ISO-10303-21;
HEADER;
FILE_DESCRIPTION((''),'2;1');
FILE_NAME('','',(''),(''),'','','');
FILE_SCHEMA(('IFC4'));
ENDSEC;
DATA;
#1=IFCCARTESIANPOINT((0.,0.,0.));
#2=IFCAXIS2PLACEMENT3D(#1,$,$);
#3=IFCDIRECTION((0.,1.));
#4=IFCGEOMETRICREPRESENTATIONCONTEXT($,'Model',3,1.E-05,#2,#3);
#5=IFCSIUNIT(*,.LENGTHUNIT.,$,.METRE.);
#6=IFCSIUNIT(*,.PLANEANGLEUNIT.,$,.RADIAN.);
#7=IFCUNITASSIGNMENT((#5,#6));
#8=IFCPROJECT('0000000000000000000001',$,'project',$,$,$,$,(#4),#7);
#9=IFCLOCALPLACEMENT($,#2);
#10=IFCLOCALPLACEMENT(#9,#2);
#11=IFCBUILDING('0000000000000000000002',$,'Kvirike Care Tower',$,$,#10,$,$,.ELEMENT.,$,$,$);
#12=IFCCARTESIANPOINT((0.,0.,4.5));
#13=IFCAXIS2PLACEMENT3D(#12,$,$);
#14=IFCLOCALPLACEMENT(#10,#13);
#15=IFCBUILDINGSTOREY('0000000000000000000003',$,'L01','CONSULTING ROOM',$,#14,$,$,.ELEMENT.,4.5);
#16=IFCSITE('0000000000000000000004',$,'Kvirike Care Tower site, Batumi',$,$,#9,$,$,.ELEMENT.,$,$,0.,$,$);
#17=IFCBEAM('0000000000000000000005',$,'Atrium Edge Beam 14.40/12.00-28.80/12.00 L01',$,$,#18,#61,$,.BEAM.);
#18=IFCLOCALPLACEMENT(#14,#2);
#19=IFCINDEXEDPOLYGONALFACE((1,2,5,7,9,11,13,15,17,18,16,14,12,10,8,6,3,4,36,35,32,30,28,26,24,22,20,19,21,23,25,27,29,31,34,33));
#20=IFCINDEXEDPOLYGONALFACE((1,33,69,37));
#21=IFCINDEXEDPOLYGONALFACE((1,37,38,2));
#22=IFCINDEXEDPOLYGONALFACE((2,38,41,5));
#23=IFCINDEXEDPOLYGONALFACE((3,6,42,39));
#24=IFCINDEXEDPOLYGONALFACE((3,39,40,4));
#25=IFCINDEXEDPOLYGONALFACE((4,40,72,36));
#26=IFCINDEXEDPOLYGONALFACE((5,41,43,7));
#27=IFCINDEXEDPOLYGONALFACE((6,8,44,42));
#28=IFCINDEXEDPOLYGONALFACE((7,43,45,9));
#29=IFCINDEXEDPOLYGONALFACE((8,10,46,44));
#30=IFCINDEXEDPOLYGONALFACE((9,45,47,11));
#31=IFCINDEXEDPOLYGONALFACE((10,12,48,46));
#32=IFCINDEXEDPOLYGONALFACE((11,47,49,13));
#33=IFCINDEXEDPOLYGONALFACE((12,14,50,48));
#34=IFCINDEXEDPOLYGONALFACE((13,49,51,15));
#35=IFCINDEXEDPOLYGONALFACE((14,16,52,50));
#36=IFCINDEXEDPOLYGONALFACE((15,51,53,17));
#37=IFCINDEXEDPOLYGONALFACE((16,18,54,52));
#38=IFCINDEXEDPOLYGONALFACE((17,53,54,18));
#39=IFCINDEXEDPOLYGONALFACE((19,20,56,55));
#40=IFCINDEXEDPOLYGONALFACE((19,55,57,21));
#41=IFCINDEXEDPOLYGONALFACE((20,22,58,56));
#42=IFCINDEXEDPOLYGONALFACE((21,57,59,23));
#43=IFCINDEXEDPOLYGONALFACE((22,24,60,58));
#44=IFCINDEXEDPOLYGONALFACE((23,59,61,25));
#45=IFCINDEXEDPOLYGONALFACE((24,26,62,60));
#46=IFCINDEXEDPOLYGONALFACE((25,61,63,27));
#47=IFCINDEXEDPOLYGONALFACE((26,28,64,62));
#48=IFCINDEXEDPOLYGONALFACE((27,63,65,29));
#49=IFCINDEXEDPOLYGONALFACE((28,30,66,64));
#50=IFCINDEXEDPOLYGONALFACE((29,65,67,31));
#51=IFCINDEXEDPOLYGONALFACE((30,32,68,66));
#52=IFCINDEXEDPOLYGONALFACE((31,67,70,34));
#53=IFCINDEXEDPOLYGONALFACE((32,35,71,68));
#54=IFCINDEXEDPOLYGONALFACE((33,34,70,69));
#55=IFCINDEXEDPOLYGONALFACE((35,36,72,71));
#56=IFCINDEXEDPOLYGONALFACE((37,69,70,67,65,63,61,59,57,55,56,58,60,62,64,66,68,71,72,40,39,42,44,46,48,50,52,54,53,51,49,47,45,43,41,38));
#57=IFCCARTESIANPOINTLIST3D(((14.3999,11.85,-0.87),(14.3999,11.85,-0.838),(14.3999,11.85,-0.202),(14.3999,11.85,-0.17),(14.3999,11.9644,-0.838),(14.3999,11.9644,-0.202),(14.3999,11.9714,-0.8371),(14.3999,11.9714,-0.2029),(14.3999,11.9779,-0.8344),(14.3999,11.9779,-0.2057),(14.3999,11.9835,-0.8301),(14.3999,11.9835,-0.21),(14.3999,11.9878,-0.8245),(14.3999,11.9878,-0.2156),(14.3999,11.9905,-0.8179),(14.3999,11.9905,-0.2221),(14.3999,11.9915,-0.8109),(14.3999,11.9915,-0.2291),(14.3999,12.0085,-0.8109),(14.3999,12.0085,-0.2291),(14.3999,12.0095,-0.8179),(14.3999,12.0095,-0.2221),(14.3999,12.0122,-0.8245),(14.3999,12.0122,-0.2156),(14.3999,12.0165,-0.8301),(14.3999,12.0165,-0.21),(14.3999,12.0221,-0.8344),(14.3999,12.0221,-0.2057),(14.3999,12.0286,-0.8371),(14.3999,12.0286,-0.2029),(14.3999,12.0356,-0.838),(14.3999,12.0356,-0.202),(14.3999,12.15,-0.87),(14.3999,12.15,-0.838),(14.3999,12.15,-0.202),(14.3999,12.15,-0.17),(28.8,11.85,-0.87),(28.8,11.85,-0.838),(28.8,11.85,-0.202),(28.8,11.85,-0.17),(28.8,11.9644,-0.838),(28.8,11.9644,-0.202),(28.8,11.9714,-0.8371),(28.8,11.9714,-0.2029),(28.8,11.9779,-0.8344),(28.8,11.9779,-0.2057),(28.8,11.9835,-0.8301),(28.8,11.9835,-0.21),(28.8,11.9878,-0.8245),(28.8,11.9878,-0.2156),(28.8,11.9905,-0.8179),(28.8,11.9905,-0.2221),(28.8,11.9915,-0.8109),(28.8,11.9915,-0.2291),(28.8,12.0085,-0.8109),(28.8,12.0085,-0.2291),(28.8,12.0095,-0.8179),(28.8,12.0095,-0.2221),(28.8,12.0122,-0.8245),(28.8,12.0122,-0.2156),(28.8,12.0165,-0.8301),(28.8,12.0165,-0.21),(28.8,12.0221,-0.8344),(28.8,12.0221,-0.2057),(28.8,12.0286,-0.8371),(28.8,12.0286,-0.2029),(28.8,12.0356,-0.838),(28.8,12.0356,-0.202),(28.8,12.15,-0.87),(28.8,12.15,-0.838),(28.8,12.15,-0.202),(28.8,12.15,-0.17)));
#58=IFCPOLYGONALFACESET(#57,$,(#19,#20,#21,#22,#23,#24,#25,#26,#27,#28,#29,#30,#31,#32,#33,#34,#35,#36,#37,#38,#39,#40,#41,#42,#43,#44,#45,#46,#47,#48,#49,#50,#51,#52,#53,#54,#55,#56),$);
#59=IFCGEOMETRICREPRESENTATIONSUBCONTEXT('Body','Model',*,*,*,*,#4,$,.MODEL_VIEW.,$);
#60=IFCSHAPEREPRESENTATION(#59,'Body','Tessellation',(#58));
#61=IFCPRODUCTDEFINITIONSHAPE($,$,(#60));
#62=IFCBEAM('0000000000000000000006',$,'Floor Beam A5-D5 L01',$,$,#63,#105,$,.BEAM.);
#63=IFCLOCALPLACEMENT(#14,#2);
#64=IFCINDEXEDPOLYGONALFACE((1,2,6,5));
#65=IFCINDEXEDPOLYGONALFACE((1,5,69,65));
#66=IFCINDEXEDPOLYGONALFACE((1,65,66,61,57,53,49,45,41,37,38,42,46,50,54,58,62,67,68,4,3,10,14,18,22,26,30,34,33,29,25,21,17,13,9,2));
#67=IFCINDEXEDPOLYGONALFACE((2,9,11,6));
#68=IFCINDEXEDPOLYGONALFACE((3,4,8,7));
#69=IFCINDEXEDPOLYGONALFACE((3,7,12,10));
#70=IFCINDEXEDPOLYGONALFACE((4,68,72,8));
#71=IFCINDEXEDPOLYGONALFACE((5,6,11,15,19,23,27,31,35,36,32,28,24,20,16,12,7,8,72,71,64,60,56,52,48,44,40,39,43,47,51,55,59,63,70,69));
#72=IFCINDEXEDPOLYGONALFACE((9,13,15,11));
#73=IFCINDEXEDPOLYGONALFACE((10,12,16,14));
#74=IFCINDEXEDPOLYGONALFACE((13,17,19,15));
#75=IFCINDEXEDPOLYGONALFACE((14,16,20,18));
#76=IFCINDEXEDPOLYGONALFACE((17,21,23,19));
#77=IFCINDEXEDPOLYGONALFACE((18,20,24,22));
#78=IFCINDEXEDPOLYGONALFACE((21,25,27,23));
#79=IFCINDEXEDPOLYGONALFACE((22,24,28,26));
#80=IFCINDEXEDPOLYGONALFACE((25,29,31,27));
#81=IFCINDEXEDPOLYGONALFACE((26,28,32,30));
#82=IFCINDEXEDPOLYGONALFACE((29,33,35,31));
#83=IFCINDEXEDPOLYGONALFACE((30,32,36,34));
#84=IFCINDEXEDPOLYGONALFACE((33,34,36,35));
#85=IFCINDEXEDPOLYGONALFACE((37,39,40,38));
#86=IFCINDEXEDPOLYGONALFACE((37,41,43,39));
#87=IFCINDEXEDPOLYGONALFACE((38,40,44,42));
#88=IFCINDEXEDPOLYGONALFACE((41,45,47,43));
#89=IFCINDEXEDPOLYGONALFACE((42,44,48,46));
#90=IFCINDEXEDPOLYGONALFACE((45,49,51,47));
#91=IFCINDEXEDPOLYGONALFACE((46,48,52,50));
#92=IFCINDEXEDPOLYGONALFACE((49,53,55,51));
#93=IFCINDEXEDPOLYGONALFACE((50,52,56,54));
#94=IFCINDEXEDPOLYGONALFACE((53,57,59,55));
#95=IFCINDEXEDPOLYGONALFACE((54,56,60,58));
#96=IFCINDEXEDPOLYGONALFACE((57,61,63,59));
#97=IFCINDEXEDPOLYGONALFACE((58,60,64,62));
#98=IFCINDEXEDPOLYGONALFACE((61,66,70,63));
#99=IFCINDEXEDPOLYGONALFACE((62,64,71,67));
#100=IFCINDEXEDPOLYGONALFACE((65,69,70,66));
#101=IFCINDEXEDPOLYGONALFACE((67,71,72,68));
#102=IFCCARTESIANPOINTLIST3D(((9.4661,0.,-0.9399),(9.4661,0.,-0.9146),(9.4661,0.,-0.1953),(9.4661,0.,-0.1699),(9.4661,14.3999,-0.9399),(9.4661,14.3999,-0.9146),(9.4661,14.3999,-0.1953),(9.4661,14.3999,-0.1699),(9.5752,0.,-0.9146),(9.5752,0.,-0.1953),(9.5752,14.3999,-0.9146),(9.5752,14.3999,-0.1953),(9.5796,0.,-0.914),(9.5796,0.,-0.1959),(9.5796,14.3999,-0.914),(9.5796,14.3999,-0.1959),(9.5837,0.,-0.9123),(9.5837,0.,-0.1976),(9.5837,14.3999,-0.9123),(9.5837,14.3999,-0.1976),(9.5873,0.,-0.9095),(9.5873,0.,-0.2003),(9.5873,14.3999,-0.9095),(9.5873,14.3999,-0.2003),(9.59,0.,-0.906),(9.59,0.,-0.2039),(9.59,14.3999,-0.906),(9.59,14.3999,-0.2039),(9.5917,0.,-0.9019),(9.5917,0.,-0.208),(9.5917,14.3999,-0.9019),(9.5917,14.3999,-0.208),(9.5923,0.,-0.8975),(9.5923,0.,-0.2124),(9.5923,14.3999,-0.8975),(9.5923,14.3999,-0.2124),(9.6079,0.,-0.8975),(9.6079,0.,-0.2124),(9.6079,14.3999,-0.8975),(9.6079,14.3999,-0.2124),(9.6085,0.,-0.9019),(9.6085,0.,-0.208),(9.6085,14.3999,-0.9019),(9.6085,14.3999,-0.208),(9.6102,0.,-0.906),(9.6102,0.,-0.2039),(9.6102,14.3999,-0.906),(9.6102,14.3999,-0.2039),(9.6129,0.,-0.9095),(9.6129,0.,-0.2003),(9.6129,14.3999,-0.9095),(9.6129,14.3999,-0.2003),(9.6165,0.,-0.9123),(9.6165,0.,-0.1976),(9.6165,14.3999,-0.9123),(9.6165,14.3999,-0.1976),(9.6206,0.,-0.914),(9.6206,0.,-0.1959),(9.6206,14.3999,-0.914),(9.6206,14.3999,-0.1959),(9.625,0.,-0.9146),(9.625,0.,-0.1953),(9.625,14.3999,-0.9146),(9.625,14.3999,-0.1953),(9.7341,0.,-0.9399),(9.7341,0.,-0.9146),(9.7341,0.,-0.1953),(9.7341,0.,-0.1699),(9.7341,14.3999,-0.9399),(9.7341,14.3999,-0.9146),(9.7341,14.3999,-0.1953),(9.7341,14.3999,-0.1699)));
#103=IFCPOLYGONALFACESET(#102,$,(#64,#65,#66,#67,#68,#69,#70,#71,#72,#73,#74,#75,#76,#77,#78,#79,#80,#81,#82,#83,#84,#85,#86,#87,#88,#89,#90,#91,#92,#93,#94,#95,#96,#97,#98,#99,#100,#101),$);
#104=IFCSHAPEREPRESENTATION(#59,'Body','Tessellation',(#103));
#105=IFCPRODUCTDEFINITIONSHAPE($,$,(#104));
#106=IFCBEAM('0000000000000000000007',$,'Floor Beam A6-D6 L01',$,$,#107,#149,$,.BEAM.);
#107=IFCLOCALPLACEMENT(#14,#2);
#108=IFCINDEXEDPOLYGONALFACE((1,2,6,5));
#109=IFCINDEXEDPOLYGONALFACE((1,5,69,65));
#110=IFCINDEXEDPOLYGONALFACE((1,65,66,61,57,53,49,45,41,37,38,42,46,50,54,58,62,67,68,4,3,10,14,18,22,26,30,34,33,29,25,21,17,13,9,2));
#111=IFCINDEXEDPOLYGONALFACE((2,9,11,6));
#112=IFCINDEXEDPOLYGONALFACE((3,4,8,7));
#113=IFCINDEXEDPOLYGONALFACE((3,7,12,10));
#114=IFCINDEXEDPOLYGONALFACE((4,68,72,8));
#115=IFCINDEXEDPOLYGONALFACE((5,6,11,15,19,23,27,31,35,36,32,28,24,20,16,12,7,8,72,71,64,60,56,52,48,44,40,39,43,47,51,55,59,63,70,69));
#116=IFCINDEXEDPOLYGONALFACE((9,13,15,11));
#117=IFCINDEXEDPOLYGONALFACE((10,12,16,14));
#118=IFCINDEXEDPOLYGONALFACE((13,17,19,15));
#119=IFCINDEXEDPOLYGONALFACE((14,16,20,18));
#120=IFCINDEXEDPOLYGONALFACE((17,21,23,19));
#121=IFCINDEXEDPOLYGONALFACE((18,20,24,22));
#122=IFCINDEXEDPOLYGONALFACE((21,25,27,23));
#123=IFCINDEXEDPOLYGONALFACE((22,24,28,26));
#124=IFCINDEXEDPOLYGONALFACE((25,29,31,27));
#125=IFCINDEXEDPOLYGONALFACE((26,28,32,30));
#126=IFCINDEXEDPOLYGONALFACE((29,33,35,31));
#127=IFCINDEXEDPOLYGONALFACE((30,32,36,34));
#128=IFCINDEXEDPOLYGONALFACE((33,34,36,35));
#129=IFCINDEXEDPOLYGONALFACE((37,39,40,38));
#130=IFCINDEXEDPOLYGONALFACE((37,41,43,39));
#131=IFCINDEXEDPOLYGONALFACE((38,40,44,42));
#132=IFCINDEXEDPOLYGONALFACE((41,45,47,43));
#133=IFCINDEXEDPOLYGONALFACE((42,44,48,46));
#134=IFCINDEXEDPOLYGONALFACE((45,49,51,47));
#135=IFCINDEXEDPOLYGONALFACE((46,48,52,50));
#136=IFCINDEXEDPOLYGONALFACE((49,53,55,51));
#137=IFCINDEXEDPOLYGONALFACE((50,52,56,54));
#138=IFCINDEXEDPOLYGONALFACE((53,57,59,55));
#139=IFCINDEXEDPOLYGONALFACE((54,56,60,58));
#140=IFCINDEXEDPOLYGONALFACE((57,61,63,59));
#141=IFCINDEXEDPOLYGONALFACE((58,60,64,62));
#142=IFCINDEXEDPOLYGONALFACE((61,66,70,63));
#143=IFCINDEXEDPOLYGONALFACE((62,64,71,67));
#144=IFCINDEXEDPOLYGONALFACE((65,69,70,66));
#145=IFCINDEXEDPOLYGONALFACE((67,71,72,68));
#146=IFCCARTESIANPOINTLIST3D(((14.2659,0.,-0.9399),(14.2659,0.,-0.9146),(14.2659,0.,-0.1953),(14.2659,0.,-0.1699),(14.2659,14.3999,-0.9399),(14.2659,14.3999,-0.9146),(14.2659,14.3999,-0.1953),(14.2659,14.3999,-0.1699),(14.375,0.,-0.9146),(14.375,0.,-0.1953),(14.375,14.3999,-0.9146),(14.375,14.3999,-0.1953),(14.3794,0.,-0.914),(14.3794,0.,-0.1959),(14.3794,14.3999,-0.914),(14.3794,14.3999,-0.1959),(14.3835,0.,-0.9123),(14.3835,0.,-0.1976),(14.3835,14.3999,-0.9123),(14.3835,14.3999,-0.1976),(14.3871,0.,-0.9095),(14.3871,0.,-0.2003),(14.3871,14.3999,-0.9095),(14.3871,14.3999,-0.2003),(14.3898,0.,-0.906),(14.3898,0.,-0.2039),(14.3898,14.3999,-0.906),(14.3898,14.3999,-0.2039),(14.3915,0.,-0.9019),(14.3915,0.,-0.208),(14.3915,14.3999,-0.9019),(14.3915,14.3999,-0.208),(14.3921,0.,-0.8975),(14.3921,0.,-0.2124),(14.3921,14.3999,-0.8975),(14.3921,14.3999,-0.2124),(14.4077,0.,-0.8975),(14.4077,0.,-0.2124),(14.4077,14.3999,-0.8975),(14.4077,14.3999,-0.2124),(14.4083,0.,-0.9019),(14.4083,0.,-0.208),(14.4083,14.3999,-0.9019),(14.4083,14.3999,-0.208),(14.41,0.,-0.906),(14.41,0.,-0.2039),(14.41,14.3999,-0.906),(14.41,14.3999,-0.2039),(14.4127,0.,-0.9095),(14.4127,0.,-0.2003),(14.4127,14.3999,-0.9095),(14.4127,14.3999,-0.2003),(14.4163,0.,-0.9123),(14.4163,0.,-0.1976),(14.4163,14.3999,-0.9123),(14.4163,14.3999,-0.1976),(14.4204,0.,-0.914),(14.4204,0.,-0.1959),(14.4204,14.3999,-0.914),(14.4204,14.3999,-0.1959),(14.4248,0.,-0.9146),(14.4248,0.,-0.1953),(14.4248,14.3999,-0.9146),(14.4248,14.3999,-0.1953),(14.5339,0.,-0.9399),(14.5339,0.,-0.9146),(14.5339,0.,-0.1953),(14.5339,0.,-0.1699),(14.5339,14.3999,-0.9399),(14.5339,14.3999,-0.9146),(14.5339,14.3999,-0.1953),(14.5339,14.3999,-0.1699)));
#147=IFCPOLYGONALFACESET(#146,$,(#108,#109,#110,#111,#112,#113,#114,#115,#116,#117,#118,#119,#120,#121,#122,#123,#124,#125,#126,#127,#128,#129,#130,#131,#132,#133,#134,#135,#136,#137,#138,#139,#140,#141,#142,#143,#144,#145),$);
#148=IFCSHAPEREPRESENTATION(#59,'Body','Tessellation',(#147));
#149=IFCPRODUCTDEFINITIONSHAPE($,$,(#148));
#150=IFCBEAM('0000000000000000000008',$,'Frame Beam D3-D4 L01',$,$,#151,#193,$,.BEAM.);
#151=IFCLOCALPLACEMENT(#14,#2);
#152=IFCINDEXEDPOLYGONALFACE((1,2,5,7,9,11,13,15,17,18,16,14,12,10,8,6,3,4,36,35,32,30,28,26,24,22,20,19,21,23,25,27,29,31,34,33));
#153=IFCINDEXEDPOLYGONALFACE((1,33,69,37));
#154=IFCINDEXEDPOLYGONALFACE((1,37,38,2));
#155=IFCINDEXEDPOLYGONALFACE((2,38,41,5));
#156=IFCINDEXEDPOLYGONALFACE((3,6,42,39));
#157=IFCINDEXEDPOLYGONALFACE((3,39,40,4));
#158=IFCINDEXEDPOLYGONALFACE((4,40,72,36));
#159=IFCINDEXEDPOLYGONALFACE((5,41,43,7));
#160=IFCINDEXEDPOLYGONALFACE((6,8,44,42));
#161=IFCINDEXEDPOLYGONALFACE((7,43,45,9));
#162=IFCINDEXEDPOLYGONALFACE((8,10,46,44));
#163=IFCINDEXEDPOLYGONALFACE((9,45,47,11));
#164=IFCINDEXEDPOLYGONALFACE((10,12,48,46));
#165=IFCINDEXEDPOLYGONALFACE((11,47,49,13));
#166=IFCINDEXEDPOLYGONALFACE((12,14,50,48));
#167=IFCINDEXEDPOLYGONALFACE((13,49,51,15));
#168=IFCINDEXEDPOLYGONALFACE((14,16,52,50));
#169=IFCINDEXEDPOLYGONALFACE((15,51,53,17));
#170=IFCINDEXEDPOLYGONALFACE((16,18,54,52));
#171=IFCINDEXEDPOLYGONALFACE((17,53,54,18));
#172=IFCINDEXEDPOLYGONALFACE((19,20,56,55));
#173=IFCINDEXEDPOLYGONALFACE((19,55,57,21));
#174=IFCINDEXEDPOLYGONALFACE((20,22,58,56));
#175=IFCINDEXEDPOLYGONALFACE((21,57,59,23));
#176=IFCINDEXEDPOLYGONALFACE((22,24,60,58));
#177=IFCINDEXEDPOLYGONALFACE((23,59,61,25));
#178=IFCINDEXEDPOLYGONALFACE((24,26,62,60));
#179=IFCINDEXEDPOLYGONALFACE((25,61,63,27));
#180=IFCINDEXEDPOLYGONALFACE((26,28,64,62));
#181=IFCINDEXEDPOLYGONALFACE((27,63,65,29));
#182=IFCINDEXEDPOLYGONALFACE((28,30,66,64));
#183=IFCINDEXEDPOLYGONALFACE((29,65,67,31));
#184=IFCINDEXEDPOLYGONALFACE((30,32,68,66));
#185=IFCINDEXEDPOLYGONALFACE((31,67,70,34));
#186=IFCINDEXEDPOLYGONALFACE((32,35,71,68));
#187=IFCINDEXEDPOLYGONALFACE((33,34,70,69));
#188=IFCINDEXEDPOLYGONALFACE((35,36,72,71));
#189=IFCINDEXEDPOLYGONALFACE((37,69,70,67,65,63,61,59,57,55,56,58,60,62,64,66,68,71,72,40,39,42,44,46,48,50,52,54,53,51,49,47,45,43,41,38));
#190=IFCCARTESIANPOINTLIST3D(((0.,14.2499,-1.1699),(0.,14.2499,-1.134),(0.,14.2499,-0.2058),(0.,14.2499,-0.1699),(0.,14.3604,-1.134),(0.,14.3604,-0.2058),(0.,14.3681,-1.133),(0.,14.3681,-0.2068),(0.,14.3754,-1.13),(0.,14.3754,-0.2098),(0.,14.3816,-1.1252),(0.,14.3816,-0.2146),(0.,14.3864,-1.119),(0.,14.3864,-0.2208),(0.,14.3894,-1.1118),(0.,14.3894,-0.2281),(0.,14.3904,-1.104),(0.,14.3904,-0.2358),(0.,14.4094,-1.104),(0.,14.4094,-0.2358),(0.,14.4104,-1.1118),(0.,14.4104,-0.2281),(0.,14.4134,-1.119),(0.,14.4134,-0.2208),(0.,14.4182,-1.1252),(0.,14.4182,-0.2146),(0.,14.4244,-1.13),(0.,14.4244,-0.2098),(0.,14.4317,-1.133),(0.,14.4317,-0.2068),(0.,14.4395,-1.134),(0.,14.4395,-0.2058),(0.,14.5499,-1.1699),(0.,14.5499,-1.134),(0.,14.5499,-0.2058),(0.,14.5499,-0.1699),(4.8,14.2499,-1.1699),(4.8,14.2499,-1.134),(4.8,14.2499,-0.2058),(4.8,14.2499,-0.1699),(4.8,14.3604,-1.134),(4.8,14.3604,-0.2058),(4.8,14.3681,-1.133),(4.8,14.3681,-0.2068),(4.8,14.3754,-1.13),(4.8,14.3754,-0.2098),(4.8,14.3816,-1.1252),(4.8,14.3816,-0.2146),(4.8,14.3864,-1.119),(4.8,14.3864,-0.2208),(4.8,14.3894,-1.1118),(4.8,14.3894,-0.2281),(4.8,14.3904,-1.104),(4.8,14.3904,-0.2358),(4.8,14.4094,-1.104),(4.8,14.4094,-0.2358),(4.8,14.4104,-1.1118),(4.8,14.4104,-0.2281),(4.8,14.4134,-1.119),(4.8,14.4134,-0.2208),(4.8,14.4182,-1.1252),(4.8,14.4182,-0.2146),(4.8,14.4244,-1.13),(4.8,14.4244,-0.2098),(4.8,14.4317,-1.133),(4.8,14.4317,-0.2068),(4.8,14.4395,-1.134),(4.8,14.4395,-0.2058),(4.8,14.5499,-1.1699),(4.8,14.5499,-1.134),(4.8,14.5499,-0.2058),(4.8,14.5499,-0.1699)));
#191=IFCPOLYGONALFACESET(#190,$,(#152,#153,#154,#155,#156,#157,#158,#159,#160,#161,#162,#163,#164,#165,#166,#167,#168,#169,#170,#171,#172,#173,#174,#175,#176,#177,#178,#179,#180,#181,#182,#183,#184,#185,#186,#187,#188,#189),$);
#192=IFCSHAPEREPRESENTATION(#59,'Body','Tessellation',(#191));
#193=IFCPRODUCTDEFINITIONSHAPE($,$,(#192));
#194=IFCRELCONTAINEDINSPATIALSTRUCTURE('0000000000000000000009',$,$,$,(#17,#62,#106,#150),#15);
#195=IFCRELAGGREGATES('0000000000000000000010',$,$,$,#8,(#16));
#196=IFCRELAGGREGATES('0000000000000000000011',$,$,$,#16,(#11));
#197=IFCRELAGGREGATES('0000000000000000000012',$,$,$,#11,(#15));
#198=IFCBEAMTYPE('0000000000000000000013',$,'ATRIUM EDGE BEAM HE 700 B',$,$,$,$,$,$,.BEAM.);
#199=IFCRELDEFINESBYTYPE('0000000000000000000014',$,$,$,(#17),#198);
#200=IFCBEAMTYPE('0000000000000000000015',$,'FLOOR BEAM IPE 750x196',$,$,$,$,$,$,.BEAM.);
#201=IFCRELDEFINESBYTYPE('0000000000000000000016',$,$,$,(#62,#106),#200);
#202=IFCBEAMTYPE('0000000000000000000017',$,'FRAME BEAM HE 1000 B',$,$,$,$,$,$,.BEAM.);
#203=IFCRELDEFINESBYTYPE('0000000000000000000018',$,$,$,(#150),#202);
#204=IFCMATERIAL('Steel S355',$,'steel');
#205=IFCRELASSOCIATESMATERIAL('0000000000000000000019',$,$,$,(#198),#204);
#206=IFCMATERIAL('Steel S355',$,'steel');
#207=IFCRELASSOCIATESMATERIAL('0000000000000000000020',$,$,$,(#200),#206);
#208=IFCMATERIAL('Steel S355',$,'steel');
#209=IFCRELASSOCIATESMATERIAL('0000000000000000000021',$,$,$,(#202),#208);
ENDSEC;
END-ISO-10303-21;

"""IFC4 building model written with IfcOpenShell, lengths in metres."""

from ifc_helpers import new_model, si_unit, direction, frame, origin, origin_2d, place, context, subcontext, project, spatial, i_section, extrude, material, material_profile, profile_set, type_object, element, save


model = new_model("IFC4")

# Units and contexts
model_context = context("Model", 3, precision=1e-05, world=origin(), true_north=direction((0.0, 1.0)))
body_context = subcontext(model_context, "Body", "Model", "MODEL_VIEW")
ifc_project = project(units=[si_unit("LENGTHUNIT", "METRE"), si_unit("PLANEANGLEUNIT", "RADIAN")], contexts=[model_context])

# Site, building, storey
site_placement = place(None, origin())
site = spatial("IfcSite", under=ifc_project, at=site_placement, Name="Kvirike Care Tower site, Batumi", CompositionType="ELEMENT", RefElevation=0.0)
building_placement = place(site_placement, origin())
building = spatial("IfcBuilding", under=site, at=building_placement, Name="Kvirike Care Tower", CompositionType="ELEMENT")
storey_placement = place(building_placement, frame((0.0, 0.0, 4.5)))
storey = spatial("IfcBuildingStorey", under=building, at=storey_placement, Name="L01", Description="CONSULTING ROOM", CompositionType="ELEMENT", Elevation=4.5)

# Beams
ifc_material_1 = material(Name="Steel S355", Category="steel")
ifc_material_profile_1 = material_profile(ifc_material_1, i_section(OverallWidth=0.3, OverallDepth=0.7, WebThickness=0.0171, FlangeThickness=0.032, FilletRadius=0.0271, at=origin_2d()), Name="HE 700 B")
ifc_profile_set_1 = profile_set([ifc_material_profile_1], Name="Steel S355")
beam_type_1 = type_object("IfcBeamType", Name="ATRIUM EDGE BEAM HE 700 B", PredefinedType="BEAM", material=ifc_profile_set_1)
for number, where, z_axis, x_axis, name in (
    (1, (14.3999, 12.0, -0.52), (1.0, 0.0, 0.0), (0.0, 1.0, 0.0), "Atrium Edge Beam 14.40/12.00-28.80/12.00 L01"),
):
    element("IfcBeam", number, at=place(storey_placement, frame(where, z_axis=z_axis, x_axis=x_axis)), inside=storey, type_object=beam_type_1, Name=name, PredefinedType="BEAM", context=body_context, shape_type="SweptSolid", body=[
        extrude(i_section(OverallWidth=0.3, OverallDepth=0.7, WebThickness=0.0171, FlangeThickness=0.032, FilletRadius=0.0271, at=origin_2d()), origin(), (0.0, 0.0, 1.0), 14.4001),
    ])
ifc_material_2 = material(Name="Steel S355", Category="steel")
ifc_material_profile_2 = material_profile(ifc_material_2, i_section(OverallWidth=0.2681, OverallDepth=0.77, WebThickness=0.0156, FlangeThickness=0.0254, FilletRadius=0.0171, at=origin_2d()), Name="IPE 750x196")
ifc_profile_set_2 = profile_set([ifc_material_profile_2], Name="Steel S355")
beam_type_2 = type_object("IfcBeamType", Name="FLOOR BEAM IPE 750x196", PredefinedType="BEAM", material=ifc_profile_set_2)
for number, where, z_axis, x_axis, name in (
    (2, (9.6001, 0.0, -0.5549), (0.0, 1.0, 0.0), (-1.0, 0.0, 0.0), "Floor Beam A5-D5 L01"),
    (3, (14.3999, 0.0, -0.5549), (0.0, 1.0, 0.0), (-1.0, 0.0, 0.0), "Floor Beam A6-D6 L01"),
):
    element("IfcBeam", number, at=place(storey_placement, frame(where, z_axis=z_axis, x_axis=x_axis)), inside=storey, type_object=beam_type_2, Name=name, PredefinedType="BEAM", context=body_context, shape_type="SweptSolid", body=[
        extrude(i_section(OverallWidth=0.2681, OverallDepth=0.77, WebThickness=0.0156, FlangeThickness=0.0254, FilletRadius=0.0171, at=origin_2d()), origin(), (0.0, 0.0, 1.0), 14.3999),
    ])
ifc_material_3 = material(Name="Steel S355", Category="steel")
ifc_material_profile_3 = material_profile(ifc_material_3, i_section(OverallWidth=0.3, OverallDepth=1.0, WebThickness=0.019, FlangeThickness=0.0359, FilletRadius=0.03, at=origin_2d()), Name="HE 1000 B")
ifc_profile_set_3 = profile_set([ifc_material_profile_3], Name="Steel S355")
beam_type_3 = type_object("IfcBeamType", Name="FRAME BEAM HE 1000 B", PredefinedType="BEAM", material=ifc_profile_set_3)
for number, where, z_axis, x_axis, name in (
    (4, (0.0, 14.3999, -0.6699), (1.0, 0.0, 0.0), (0.0, 1.0, 0.0), "Frame Beam D3-D4 L01"),
):
    element("IfcBeam", number, at=place(storey_placement, frame(where, z_axis=z_axis, x_axis=x_axis)), inside=storey, type_object=beam_type_3, Name=name, PredefinedType="BEAM", context=body_context, shape_type="SweptSolid", body=[
        extrude(i_section(OverallWidth=0.3, OverallDepth=1.0, WebThickness=0.019, FlangeThickness=0.0359, FilletRadius=0.03, at=origin_2d()), origin(), (0.0, 0.0, 1.0), 4.8),
    ])

save(model, "model.ifc")
